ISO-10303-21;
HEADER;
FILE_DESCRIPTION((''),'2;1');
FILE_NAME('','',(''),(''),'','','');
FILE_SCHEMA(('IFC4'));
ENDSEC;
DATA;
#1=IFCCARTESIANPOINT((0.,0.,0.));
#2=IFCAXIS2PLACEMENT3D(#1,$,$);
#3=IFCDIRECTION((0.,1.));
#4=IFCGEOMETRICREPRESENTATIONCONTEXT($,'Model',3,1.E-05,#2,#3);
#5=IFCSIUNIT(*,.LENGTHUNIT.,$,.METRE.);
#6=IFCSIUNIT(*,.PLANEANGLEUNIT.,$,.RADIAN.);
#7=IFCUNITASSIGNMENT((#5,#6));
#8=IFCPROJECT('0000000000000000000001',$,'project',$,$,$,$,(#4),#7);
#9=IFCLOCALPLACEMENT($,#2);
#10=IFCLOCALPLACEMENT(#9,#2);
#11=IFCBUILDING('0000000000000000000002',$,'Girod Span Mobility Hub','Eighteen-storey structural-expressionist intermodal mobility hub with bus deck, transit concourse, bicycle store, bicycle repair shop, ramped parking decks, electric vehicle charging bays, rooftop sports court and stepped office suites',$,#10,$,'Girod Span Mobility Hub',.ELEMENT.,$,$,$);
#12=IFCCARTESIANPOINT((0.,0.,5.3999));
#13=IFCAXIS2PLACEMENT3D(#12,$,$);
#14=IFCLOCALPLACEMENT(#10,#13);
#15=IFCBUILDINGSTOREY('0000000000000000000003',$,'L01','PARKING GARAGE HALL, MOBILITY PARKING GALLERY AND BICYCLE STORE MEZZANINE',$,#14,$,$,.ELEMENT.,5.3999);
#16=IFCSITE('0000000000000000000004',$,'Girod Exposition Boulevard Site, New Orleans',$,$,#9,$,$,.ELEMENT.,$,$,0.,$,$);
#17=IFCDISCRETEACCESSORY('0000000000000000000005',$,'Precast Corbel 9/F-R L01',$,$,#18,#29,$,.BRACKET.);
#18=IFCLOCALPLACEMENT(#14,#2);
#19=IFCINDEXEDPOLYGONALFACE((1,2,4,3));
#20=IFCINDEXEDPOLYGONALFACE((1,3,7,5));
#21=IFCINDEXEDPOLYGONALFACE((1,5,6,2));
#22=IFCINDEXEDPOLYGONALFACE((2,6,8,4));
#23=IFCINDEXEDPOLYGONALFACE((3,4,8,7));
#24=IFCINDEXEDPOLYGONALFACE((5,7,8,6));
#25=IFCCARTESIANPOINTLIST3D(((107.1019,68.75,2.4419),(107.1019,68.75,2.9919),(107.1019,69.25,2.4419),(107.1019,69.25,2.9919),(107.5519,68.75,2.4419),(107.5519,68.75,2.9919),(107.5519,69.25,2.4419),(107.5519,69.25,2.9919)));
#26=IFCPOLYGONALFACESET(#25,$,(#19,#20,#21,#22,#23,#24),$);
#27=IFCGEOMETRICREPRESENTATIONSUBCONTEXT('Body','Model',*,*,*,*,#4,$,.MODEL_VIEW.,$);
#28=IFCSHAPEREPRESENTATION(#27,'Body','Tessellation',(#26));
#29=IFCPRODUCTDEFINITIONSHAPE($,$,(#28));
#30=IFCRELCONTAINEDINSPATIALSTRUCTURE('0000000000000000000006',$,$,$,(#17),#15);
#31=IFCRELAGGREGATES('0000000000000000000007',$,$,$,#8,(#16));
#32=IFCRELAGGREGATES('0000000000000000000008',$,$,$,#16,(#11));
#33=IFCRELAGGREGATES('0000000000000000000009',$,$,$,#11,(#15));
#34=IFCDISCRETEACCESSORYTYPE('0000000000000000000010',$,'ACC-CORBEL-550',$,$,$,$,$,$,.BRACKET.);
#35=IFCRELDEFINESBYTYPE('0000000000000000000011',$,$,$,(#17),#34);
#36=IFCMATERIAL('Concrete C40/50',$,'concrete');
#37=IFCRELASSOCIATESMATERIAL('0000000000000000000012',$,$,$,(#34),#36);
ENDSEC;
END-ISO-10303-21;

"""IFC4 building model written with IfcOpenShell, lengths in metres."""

from ifc_helpers import new_model, si_unit, direction, frame, origin, origin_2d, place, context, subcontext, project, spatial, rectangle, extrude, material, type_object, element, save


model = new_model("IFC4")

# Units and contexts
model_context = context("Model", 3, precision=1e-05, world=origin(), true_north=direction((0.0, 1.0)))
body_context = subcontext(model_context, "Body", "Model", "MODEL_VIEW")
ifc_project = project(units=[si_unit("LENGTHUNIT", "METRE"), si_unit("PLANEANGLEUNIT", "RADIAN")], contexts=[model_context])

# Site, building, storey
site_placement = place(None, origin())
site = spatial("IfcSite", under=ifc_project, at=site_placement, Name="Girod Exposition Boulevard Site, New Orleans", CompositionType="ELEMENT", RefElevation=0.0)
building_placement = place(site_placement, origin())
building = spatial("IfcBuilding", under=site, at=building_placement, Name="Girod Span Mobility Hub", Description="Eighteen-storey structural-expressionist intermodal mobility hub with bus deck, transit concourse, bicycle store, bicycle repair shop, ramped parking decks, electric vehicle charging bays, rooftop sports court and stepped office suites", LongName="Girod Span Mobility Hub", CompositionType="ELEMENT")
storey_placement = place(building_placement, frame((0.0, 0.0, 5.3999)))
storey = spatial("IfcBuildingStorey", under=building, at=storey_placement, Name="L01", Description="PARKING GARAGE HALL, MOBILITY PARKING GALLERY AND BICYCLE STORE MEZZANINE", CompositionType="ELEMENT", Elevation=5.3999)

# Discrete accessory
ifc_material_1 = material(Name="Concrete C40/50", Category="concrete")
discrete_accessory_type = type_object("IfcDiscreteAccessoryType", Name="ACC-CORBEL-550", PredefinedType="BRACKET", material=ifc_material_1)
discrete_accessory_placement = place(storey_placement, frame((107.3269, 69.0, 2.4419), z_axis=(0.0, 0.0, 1.0), x_axis=(1.0, 0.0, 0.0)))
element("IfcDiscreteAccessory", 1, at=discrete_accessory_placement, inside=storey, type_object=discrete_accessory_type, Name="Precast Corbel 9/F-R L01", PredefinedType="BRACKET", context=body_context, shape_type="SweptSolid", body=[
    extrude(rectangle(XDim=0.45, YDim=0.5, at=origin_2d()), origin(), (0.0, 0.0, 1.0), 0.55),
])

save(model, "model.ifc")
